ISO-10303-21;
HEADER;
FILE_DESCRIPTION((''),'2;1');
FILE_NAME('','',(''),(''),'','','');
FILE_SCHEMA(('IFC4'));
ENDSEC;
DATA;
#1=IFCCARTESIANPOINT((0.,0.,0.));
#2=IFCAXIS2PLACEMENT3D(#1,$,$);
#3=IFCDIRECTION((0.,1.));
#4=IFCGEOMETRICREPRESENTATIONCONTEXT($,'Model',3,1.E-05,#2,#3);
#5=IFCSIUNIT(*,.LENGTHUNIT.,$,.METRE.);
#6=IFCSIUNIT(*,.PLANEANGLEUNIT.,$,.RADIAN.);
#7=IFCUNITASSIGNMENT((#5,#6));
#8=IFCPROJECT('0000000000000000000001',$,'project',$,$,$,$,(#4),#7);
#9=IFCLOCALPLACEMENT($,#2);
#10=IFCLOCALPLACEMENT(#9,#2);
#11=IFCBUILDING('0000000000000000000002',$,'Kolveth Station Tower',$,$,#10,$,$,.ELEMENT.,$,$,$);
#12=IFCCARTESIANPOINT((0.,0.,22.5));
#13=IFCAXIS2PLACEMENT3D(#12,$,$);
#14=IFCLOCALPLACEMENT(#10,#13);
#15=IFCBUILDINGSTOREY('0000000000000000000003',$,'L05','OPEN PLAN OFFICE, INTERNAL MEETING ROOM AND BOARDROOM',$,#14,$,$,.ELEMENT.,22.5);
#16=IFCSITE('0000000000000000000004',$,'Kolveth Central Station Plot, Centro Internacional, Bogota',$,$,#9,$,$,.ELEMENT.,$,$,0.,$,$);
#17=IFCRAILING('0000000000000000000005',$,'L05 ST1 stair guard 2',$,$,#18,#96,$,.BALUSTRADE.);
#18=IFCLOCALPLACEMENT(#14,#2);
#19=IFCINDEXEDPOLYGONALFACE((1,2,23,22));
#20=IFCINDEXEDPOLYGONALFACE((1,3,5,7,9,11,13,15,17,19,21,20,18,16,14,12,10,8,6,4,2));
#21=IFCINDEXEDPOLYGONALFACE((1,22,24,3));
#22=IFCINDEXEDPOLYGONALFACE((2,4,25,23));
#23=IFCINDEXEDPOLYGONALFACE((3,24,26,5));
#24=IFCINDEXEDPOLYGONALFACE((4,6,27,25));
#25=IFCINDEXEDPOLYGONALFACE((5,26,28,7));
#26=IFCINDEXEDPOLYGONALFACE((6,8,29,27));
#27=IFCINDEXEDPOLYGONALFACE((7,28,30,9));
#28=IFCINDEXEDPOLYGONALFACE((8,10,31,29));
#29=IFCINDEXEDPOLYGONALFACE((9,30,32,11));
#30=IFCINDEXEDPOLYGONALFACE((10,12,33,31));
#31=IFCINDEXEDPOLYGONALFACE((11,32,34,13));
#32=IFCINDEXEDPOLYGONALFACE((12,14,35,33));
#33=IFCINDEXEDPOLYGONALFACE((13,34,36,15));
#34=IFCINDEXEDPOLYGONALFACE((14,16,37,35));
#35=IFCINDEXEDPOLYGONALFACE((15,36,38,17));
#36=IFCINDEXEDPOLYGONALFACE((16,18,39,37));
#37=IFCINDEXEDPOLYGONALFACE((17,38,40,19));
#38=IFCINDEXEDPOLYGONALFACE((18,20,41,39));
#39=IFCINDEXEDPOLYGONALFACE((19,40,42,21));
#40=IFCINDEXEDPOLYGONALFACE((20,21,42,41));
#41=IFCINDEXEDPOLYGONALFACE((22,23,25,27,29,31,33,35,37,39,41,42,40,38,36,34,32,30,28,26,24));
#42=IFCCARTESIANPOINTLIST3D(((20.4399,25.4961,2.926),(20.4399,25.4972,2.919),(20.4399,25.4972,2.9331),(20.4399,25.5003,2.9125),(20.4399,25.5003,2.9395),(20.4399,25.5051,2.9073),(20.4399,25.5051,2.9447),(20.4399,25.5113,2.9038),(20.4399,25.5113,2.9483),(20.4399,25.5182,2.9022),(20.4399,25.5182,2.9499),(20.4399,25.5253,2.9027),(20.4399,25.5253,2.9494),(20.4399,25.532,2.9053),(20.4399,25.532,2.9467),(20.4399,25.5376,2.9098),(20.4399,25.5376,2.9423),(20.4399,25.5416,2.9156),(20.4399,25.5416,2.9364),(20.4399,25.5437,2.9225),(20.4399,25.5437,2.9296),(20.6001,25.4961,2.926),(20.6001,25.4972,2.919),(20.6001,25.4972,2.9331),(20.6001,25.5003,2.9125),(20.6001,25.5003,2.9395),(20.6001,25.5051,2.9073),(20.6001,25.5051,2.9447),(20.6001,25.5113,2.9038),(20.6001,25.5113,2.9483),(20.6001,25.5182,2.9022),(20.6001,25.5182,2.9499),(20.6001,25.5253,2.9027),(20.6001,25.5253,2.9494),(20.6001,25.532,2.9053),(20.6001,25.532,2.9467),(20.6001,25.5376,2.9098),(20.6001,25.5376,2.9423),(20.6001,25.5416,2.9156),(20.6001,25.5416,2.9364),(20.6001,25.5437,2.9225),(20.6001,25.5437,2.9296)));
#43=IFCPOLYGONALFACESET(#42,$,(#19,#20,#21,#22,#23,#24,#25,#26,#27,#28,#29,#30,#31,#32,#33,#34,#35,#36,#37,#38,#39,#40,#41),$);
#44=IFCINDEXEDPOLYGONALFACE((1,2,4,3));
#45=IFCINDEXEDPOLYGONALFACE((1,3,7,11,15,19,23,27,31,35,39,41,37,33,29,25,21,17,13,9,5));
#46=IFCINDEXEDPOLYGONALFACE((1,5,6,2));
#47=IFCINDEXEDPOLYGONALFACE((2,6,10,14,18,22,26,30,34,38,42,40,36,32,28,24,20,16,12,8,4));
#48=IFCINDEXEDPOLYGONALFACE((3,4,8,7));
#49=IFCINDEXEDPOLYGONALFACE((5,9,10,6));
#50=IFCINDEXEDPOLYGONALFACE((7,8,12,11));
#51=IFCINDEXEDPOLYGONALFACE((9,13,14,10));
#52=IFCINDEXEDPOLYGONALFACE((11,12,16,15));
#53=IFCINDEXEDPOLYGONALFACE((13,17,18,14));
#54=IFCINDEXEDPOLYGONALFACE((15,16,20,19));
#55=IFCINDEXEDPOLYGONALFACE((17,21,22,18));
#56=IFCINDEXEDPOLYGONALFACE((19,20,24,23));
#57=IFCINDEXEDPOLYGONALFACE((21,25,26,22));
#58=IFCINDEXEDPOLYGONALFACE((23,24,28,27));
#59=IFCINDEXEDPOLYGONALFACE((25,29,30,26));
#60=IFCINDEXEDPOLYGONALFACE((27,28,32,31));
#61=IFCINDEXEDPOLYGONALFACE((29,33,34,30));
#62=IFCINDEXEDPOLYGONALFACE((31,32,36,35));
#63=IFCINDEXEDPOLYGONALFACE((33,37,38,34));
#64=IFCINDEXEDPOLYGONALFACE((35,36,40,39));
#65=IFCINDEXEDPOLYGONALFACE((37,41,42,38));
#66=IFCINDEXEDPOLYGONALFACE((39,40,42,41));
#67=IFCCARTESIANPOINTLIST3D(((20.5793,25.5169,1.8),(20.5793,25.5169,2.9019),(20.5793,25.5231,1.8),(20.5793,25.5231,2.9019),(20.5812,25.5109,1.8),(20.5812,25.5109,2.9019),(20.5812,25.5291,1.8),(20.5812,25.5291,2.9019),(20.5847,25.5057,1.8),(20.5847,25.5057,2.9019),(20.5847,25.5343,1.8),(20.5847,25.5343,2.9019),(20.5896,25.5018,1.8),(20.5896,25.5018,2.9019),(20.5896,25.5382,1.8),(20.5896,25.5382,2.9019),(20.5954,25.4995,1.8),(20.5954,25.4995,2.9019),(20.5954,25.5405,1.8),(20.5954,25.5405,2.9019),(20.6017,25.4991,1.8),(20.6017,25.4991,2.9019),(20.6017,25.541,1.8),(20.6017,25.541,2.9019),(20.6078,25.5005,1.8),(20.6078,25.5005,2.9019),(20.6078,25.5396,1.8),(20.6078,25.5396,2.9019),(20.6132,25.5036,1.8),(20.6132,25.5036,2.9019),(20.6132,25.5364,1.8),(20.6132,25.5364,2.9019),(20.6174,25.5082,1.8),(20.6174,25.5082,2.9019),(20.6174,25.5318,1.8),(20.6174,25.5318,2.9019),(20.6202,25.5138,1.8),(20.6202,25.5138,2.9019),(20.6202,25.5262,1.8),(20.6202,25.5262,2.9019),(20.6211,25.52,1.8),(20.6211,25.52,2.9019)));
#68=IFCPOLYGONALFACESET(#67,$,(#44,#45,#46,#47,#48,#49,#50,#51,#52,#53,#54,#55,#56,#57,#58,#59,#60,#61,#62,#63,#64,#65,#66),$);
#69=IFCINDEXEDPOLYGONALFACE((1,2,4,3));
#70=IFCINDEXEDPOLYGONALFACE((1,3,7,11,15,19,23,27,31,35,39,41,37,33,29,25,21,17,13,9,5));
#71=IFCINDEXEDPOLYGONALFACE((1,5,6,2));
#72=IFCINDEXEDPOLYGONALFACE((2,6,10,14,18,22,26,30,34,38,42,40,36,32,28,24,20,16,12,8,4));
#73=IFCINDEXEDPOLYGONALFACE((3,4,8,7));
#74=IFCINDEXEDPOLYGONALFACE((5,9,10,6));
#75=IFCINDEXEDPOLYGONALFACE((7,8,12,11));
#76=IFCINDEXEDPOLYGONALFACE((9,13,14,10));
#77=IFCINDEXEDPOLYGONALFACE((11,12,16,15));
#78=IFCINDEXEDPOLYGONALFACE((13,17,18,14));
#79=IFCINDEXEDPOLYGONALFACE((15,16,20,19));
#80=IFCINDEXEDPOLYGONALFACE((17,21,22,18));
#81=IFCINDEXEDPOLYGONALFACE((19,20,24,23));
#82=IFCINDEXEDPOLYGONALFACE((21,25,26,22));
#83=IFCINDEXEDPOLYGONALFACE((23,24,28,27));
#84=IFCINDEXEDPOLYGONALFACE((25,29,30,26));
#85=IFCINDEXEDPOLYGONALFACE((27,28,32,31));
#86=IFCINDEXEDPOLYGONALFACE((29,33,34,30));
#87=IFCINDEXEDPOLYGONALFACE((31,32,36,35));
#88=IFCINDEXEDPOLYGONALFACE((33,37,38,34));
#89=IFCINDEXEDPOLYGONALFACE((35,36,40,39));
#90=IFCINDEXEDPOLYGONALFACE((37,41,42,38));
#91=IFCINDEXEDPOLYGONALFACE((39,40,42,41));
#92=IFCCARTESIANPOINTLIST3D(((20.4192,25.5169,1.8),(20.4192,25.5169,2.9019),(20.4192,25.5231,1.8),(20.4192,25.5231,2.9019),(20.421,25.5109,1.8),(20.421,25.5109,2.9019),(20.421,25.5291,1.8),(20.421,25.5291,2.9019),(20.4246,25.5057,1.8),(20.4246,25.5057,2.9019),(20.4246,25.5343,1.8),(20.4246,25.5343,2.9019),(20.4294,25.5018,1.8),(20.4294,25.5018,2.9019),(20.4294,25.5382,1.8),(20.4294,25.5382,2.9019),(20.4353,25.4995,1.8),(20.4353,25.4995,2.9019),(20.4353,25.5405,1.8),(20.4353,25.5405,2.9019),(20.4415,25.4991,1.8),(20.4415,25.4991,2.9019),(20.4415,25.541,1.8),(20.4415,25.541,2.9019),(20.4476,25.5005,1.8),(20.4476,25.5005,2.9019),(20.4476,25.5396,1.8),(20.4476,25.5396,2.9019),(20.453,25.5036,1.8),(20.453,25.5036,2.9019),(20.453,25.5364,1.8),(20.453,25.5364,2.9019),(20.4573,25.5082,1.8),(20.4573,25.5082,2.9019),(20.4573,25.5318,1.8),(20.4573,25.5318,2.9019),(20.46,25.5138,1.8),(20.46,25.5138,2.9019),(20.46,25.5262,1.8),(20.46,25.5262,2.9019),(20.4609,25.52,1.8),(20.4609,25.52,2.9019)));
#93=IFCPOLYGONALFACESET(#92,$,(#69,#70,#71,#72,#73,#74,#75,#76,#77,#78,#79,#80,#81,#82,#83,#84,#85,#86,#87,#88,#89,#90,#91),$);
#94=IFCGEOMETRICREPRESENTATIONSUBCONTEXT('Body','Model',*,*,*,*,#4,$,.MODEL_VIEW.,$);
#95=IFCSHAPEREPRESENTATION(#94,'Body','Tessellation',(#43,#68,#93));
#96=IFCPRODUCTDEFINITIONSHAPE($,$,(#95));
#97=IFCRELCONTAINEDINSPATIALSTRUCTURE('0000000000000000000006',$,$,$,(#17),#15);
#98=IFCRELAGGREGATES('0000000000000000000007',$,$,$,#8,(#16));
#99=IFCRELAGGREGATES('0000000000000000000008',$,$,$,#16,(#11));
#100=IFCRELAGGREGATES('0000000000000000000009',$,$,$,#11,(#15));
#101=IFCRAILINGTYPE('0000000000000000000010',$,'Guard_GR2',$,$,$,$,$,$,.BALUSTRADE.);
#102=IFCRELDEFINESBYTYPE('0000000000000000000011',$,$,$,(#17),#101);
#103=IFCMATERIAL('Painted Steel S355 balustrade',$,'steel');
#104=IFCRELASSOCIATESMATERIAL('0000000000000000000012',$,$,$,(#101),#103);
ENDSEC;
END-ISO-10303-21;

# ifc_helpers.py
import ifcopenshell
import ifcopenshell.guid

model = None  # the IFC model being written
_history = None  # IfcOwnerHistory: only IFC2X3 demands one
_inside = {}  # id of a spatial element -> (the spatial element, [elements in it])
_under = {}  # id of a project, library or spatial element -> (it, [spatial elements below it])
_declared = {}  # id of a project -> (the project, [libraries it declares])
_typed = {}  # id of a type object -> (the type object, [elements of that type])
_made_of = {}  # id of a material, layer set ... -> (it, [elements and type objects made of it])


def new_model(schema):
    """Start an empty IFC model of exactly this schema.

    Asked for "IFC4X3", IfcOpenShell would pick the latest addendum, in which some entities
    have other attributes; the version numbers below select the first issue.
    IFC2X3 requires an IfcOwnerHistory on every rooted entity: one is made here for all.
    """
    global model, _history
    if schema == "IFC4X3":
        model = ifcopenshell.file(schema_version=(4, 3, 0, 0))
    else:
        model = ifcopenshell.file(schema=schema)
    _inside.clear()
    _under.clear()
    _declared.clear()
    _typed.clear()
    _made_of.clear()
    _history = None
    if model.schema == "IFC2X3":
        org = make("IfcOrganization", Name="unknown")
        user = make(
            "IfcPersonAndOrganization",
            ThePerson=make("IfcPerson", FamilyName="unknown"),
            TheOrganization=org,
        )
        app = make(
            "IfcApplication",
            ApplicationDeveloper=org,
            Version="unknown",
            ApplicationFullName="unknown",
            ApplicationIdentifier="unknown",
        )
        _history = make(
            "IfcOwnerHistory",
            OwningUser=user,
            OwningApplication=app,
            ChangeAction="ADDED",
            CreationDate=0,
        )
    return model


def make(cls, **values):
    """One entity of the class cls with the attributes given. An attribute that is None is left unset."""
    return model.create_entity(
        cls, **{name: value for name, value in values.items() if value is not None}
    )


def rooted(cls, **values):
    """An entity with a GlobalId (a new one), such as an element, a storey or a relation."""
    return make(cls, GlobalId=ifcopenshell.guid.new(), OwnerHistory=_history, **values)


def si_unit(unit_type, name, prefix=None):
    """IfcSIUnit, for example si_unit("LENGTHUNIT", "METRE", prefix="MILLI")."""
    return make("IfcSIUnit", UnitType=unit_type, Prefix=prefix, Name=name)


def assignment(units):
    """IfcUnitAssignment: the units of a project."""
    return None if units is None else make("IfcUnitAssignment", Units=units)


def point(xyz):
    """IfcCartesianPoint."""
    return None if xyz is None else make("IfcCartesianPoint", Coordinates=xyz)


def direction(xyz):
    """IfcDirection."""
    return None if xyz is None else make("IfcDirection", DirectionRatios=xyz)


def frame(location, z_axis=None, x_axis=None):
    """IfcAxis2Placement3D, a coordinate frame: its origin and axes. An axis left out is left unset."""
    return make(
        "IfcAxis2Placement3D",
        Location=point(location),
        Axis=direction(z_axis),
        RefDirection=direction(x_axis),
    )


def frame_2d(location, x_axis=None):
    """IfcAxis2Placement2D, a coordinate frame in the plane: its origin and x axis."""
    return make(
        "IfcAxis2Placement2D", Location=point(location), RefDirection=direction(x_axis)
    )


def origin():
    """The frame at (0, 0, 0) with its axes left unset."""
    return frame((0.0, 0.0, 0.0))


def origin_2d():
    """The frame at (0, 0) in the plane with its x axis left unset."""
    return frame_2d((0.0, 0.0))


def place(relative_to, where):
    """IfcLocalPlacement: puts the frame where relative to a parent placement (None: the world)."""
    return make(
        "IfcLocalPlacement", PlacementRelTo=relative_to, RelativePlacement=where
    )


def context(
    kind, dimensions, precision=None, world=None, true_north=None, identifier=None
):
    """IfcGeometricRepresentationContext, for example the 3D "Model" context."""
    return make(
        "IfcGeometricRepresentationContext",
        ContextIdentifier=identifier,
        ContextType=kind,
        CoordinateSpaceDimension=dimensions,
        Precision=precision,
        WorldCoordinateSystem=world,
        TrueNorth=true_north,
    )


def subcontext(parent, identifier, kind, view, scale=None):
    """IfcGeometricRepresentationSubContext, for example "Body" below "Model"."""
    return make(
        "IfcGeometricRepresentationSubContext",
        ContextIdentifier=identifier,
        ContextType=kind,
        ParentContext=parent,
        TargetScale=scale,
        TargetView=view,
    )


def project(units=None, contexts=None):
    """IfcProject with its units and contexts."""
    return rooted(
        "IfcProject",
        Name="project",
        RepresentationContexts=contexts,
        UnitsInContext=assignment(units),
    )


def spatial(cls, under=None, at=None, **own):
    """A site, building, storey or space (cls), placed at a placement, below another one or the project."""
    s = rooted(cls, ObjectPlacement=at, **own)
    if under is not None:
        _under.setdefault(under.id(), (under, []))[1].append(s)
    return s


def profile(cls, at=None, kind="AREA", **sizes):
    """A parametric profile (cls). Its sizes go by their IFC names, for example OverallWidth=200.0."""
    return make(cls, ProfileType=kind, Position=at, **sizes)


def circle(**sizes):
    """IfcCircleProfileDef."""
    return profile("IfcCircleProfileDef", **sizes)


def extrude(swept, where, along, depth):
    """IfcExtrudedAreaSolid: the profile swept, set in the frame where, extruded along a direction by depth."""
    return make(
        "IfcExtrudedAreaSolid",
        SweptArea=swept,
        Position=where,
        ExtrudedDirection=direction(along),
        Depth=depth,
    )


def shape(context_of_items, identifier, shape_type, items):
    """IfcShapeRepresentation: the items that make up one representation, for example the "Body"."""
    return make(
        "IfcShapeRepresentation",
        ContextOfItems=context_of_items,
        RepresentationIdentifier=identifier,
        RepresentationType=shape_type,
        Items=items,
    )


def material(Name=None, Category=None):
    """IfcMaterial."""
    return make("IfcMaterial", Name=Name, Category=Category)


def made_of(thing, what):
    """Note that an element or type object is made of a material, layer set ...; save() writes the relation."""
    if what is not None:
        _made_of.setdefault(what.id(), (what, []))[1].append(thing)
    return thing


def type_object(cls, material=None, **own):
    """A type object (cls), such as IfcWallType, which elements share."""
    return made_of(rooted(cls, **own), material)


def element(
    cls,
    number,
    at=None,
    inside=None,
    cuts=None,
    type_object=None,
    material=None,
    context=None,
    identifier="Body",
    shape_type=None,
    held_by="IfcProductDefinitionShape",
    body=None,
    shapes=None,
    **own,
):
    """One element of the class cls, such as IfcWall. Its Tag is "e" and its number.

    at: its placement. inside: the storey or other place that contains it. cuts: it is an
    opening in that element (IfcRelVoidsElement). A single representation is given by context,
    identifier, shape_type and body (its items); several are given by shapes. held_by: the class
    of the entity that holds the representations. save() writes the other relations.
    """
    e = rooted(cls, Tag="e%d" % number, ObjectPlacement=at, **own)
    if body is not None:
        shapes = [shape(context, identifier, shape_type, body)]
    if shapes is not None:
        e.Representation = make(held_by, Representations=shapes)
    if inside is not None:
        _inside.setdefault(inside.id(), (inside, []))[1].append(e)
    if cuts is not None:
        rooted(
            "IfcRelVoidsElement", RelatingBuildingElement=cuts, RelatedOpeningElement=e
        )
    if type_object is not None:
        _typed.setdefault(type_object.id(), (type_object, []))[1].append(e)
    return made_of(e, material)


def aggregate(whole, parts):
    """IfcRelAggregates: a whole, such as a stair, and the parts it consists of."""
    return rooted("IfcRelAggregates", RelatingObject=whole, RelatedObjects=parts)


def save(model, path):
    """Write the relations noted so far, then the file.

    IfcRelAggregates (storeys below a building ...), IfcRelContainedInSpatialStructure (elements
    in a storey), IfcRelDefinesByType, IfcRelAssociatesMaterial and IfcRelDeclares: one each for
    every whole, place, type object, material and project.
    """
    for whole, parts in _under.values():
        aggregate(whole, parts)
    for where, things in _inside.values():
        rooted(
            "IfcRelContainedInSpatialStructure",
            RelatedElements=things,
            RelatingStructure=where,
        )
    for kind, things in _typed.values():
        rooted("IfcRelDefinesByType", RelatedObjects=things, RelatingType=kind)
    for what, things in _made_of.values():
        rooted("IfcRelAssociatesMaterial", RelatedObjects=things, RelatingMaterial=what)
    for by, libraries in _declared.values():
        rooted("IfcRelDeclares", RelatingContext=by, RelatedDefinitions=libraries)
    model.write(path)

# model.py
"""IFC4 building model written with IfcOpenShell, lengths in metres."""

from ifc_helpers import new_model, si_unit, direction, frame, origin, origin_2d, place, context, subcontext, project, spatial, circle, extrude, material, type_object, element, save


model = new_model("IFC4")

# Units and contexts
model_context = context("Model", 3, precision=1e-05, world=origin(), true_north=direction((0.0, 1.0)))
body_context = subcontext(model_context, "Body", "Model", "MODEL_VIEW")
ifc_project = project(units=[si_unit("LENGTHUNIT", "METRE"), si_unit("PLANEANGLEUNIT", "RADIAN")], contexts=[model_context])

# Site, building, storey
site_placement = place(None, origin())
site = spatial("IfcSite", under=ifc_project, at=site_placement, Name="Kolveth Central Station Plot, Centro Internacional, Bogota", CompositionType="ELEMENT", RefElevation=0.0)
building_placement = place(site_placement, origin())
building = spatial("IfcBuilding", under=site, at=building_placement, Name="Kolveth Station Tower", CompositionType="ELEMENT")
storey_placement = place(building_placement, frame((0.0, 0.0, 22.5)))
storey = spatial("IfcBuildingStorey", under=building, at=storey_placement, Name="L05", Description="OPEN PLAN OFFICE, INTERNAL MEETING ROOM AND BOARDROOM", CompositionType="ELEMENT", Elevation=22.5)

# Railing
ifc_material_1 = material(Name="Painted Steel S355 balustrade", Category="steel")
railing_type_1 = type_object("IfcRailingType", Name="Guard_GR2", PredefinedType="BALUSTRADE", material=ifc_material_1)
railing_1_placement = place(storey_placement, frame((20.6001, 25.52, 1.8)))
element("IfcRailing", 1, at=railing_1_placement, inside=storey, type_object=railing_type_1, Name="L05 ST1 stair guard 2", PredefinedType="BALUSTRADE", context=body_context, shape_type="SweptSolid", body=[
    extrude(circle(Radius=0.0239, at=origin_2d()), frame((0.0, 0.0, 1.126), z_axis=(-1.0, 0.0, 0.0), x_axis=(0.0, -1.0, 0.0)), (0.0, 0.0, 1.0), 0.1602),
    extrude(circle(Radius=0.021, at=origin_2d()), origin(), (0.0, 0.0, 1.0), 1.1018),
    extrude(circle(Radius=0.021, at=origin_2d()), frame((-0.1602, 0.0, 0.0)), (0.0, 0.0, 1.0), 1.1018),
])

save(model, "model.ifc")
